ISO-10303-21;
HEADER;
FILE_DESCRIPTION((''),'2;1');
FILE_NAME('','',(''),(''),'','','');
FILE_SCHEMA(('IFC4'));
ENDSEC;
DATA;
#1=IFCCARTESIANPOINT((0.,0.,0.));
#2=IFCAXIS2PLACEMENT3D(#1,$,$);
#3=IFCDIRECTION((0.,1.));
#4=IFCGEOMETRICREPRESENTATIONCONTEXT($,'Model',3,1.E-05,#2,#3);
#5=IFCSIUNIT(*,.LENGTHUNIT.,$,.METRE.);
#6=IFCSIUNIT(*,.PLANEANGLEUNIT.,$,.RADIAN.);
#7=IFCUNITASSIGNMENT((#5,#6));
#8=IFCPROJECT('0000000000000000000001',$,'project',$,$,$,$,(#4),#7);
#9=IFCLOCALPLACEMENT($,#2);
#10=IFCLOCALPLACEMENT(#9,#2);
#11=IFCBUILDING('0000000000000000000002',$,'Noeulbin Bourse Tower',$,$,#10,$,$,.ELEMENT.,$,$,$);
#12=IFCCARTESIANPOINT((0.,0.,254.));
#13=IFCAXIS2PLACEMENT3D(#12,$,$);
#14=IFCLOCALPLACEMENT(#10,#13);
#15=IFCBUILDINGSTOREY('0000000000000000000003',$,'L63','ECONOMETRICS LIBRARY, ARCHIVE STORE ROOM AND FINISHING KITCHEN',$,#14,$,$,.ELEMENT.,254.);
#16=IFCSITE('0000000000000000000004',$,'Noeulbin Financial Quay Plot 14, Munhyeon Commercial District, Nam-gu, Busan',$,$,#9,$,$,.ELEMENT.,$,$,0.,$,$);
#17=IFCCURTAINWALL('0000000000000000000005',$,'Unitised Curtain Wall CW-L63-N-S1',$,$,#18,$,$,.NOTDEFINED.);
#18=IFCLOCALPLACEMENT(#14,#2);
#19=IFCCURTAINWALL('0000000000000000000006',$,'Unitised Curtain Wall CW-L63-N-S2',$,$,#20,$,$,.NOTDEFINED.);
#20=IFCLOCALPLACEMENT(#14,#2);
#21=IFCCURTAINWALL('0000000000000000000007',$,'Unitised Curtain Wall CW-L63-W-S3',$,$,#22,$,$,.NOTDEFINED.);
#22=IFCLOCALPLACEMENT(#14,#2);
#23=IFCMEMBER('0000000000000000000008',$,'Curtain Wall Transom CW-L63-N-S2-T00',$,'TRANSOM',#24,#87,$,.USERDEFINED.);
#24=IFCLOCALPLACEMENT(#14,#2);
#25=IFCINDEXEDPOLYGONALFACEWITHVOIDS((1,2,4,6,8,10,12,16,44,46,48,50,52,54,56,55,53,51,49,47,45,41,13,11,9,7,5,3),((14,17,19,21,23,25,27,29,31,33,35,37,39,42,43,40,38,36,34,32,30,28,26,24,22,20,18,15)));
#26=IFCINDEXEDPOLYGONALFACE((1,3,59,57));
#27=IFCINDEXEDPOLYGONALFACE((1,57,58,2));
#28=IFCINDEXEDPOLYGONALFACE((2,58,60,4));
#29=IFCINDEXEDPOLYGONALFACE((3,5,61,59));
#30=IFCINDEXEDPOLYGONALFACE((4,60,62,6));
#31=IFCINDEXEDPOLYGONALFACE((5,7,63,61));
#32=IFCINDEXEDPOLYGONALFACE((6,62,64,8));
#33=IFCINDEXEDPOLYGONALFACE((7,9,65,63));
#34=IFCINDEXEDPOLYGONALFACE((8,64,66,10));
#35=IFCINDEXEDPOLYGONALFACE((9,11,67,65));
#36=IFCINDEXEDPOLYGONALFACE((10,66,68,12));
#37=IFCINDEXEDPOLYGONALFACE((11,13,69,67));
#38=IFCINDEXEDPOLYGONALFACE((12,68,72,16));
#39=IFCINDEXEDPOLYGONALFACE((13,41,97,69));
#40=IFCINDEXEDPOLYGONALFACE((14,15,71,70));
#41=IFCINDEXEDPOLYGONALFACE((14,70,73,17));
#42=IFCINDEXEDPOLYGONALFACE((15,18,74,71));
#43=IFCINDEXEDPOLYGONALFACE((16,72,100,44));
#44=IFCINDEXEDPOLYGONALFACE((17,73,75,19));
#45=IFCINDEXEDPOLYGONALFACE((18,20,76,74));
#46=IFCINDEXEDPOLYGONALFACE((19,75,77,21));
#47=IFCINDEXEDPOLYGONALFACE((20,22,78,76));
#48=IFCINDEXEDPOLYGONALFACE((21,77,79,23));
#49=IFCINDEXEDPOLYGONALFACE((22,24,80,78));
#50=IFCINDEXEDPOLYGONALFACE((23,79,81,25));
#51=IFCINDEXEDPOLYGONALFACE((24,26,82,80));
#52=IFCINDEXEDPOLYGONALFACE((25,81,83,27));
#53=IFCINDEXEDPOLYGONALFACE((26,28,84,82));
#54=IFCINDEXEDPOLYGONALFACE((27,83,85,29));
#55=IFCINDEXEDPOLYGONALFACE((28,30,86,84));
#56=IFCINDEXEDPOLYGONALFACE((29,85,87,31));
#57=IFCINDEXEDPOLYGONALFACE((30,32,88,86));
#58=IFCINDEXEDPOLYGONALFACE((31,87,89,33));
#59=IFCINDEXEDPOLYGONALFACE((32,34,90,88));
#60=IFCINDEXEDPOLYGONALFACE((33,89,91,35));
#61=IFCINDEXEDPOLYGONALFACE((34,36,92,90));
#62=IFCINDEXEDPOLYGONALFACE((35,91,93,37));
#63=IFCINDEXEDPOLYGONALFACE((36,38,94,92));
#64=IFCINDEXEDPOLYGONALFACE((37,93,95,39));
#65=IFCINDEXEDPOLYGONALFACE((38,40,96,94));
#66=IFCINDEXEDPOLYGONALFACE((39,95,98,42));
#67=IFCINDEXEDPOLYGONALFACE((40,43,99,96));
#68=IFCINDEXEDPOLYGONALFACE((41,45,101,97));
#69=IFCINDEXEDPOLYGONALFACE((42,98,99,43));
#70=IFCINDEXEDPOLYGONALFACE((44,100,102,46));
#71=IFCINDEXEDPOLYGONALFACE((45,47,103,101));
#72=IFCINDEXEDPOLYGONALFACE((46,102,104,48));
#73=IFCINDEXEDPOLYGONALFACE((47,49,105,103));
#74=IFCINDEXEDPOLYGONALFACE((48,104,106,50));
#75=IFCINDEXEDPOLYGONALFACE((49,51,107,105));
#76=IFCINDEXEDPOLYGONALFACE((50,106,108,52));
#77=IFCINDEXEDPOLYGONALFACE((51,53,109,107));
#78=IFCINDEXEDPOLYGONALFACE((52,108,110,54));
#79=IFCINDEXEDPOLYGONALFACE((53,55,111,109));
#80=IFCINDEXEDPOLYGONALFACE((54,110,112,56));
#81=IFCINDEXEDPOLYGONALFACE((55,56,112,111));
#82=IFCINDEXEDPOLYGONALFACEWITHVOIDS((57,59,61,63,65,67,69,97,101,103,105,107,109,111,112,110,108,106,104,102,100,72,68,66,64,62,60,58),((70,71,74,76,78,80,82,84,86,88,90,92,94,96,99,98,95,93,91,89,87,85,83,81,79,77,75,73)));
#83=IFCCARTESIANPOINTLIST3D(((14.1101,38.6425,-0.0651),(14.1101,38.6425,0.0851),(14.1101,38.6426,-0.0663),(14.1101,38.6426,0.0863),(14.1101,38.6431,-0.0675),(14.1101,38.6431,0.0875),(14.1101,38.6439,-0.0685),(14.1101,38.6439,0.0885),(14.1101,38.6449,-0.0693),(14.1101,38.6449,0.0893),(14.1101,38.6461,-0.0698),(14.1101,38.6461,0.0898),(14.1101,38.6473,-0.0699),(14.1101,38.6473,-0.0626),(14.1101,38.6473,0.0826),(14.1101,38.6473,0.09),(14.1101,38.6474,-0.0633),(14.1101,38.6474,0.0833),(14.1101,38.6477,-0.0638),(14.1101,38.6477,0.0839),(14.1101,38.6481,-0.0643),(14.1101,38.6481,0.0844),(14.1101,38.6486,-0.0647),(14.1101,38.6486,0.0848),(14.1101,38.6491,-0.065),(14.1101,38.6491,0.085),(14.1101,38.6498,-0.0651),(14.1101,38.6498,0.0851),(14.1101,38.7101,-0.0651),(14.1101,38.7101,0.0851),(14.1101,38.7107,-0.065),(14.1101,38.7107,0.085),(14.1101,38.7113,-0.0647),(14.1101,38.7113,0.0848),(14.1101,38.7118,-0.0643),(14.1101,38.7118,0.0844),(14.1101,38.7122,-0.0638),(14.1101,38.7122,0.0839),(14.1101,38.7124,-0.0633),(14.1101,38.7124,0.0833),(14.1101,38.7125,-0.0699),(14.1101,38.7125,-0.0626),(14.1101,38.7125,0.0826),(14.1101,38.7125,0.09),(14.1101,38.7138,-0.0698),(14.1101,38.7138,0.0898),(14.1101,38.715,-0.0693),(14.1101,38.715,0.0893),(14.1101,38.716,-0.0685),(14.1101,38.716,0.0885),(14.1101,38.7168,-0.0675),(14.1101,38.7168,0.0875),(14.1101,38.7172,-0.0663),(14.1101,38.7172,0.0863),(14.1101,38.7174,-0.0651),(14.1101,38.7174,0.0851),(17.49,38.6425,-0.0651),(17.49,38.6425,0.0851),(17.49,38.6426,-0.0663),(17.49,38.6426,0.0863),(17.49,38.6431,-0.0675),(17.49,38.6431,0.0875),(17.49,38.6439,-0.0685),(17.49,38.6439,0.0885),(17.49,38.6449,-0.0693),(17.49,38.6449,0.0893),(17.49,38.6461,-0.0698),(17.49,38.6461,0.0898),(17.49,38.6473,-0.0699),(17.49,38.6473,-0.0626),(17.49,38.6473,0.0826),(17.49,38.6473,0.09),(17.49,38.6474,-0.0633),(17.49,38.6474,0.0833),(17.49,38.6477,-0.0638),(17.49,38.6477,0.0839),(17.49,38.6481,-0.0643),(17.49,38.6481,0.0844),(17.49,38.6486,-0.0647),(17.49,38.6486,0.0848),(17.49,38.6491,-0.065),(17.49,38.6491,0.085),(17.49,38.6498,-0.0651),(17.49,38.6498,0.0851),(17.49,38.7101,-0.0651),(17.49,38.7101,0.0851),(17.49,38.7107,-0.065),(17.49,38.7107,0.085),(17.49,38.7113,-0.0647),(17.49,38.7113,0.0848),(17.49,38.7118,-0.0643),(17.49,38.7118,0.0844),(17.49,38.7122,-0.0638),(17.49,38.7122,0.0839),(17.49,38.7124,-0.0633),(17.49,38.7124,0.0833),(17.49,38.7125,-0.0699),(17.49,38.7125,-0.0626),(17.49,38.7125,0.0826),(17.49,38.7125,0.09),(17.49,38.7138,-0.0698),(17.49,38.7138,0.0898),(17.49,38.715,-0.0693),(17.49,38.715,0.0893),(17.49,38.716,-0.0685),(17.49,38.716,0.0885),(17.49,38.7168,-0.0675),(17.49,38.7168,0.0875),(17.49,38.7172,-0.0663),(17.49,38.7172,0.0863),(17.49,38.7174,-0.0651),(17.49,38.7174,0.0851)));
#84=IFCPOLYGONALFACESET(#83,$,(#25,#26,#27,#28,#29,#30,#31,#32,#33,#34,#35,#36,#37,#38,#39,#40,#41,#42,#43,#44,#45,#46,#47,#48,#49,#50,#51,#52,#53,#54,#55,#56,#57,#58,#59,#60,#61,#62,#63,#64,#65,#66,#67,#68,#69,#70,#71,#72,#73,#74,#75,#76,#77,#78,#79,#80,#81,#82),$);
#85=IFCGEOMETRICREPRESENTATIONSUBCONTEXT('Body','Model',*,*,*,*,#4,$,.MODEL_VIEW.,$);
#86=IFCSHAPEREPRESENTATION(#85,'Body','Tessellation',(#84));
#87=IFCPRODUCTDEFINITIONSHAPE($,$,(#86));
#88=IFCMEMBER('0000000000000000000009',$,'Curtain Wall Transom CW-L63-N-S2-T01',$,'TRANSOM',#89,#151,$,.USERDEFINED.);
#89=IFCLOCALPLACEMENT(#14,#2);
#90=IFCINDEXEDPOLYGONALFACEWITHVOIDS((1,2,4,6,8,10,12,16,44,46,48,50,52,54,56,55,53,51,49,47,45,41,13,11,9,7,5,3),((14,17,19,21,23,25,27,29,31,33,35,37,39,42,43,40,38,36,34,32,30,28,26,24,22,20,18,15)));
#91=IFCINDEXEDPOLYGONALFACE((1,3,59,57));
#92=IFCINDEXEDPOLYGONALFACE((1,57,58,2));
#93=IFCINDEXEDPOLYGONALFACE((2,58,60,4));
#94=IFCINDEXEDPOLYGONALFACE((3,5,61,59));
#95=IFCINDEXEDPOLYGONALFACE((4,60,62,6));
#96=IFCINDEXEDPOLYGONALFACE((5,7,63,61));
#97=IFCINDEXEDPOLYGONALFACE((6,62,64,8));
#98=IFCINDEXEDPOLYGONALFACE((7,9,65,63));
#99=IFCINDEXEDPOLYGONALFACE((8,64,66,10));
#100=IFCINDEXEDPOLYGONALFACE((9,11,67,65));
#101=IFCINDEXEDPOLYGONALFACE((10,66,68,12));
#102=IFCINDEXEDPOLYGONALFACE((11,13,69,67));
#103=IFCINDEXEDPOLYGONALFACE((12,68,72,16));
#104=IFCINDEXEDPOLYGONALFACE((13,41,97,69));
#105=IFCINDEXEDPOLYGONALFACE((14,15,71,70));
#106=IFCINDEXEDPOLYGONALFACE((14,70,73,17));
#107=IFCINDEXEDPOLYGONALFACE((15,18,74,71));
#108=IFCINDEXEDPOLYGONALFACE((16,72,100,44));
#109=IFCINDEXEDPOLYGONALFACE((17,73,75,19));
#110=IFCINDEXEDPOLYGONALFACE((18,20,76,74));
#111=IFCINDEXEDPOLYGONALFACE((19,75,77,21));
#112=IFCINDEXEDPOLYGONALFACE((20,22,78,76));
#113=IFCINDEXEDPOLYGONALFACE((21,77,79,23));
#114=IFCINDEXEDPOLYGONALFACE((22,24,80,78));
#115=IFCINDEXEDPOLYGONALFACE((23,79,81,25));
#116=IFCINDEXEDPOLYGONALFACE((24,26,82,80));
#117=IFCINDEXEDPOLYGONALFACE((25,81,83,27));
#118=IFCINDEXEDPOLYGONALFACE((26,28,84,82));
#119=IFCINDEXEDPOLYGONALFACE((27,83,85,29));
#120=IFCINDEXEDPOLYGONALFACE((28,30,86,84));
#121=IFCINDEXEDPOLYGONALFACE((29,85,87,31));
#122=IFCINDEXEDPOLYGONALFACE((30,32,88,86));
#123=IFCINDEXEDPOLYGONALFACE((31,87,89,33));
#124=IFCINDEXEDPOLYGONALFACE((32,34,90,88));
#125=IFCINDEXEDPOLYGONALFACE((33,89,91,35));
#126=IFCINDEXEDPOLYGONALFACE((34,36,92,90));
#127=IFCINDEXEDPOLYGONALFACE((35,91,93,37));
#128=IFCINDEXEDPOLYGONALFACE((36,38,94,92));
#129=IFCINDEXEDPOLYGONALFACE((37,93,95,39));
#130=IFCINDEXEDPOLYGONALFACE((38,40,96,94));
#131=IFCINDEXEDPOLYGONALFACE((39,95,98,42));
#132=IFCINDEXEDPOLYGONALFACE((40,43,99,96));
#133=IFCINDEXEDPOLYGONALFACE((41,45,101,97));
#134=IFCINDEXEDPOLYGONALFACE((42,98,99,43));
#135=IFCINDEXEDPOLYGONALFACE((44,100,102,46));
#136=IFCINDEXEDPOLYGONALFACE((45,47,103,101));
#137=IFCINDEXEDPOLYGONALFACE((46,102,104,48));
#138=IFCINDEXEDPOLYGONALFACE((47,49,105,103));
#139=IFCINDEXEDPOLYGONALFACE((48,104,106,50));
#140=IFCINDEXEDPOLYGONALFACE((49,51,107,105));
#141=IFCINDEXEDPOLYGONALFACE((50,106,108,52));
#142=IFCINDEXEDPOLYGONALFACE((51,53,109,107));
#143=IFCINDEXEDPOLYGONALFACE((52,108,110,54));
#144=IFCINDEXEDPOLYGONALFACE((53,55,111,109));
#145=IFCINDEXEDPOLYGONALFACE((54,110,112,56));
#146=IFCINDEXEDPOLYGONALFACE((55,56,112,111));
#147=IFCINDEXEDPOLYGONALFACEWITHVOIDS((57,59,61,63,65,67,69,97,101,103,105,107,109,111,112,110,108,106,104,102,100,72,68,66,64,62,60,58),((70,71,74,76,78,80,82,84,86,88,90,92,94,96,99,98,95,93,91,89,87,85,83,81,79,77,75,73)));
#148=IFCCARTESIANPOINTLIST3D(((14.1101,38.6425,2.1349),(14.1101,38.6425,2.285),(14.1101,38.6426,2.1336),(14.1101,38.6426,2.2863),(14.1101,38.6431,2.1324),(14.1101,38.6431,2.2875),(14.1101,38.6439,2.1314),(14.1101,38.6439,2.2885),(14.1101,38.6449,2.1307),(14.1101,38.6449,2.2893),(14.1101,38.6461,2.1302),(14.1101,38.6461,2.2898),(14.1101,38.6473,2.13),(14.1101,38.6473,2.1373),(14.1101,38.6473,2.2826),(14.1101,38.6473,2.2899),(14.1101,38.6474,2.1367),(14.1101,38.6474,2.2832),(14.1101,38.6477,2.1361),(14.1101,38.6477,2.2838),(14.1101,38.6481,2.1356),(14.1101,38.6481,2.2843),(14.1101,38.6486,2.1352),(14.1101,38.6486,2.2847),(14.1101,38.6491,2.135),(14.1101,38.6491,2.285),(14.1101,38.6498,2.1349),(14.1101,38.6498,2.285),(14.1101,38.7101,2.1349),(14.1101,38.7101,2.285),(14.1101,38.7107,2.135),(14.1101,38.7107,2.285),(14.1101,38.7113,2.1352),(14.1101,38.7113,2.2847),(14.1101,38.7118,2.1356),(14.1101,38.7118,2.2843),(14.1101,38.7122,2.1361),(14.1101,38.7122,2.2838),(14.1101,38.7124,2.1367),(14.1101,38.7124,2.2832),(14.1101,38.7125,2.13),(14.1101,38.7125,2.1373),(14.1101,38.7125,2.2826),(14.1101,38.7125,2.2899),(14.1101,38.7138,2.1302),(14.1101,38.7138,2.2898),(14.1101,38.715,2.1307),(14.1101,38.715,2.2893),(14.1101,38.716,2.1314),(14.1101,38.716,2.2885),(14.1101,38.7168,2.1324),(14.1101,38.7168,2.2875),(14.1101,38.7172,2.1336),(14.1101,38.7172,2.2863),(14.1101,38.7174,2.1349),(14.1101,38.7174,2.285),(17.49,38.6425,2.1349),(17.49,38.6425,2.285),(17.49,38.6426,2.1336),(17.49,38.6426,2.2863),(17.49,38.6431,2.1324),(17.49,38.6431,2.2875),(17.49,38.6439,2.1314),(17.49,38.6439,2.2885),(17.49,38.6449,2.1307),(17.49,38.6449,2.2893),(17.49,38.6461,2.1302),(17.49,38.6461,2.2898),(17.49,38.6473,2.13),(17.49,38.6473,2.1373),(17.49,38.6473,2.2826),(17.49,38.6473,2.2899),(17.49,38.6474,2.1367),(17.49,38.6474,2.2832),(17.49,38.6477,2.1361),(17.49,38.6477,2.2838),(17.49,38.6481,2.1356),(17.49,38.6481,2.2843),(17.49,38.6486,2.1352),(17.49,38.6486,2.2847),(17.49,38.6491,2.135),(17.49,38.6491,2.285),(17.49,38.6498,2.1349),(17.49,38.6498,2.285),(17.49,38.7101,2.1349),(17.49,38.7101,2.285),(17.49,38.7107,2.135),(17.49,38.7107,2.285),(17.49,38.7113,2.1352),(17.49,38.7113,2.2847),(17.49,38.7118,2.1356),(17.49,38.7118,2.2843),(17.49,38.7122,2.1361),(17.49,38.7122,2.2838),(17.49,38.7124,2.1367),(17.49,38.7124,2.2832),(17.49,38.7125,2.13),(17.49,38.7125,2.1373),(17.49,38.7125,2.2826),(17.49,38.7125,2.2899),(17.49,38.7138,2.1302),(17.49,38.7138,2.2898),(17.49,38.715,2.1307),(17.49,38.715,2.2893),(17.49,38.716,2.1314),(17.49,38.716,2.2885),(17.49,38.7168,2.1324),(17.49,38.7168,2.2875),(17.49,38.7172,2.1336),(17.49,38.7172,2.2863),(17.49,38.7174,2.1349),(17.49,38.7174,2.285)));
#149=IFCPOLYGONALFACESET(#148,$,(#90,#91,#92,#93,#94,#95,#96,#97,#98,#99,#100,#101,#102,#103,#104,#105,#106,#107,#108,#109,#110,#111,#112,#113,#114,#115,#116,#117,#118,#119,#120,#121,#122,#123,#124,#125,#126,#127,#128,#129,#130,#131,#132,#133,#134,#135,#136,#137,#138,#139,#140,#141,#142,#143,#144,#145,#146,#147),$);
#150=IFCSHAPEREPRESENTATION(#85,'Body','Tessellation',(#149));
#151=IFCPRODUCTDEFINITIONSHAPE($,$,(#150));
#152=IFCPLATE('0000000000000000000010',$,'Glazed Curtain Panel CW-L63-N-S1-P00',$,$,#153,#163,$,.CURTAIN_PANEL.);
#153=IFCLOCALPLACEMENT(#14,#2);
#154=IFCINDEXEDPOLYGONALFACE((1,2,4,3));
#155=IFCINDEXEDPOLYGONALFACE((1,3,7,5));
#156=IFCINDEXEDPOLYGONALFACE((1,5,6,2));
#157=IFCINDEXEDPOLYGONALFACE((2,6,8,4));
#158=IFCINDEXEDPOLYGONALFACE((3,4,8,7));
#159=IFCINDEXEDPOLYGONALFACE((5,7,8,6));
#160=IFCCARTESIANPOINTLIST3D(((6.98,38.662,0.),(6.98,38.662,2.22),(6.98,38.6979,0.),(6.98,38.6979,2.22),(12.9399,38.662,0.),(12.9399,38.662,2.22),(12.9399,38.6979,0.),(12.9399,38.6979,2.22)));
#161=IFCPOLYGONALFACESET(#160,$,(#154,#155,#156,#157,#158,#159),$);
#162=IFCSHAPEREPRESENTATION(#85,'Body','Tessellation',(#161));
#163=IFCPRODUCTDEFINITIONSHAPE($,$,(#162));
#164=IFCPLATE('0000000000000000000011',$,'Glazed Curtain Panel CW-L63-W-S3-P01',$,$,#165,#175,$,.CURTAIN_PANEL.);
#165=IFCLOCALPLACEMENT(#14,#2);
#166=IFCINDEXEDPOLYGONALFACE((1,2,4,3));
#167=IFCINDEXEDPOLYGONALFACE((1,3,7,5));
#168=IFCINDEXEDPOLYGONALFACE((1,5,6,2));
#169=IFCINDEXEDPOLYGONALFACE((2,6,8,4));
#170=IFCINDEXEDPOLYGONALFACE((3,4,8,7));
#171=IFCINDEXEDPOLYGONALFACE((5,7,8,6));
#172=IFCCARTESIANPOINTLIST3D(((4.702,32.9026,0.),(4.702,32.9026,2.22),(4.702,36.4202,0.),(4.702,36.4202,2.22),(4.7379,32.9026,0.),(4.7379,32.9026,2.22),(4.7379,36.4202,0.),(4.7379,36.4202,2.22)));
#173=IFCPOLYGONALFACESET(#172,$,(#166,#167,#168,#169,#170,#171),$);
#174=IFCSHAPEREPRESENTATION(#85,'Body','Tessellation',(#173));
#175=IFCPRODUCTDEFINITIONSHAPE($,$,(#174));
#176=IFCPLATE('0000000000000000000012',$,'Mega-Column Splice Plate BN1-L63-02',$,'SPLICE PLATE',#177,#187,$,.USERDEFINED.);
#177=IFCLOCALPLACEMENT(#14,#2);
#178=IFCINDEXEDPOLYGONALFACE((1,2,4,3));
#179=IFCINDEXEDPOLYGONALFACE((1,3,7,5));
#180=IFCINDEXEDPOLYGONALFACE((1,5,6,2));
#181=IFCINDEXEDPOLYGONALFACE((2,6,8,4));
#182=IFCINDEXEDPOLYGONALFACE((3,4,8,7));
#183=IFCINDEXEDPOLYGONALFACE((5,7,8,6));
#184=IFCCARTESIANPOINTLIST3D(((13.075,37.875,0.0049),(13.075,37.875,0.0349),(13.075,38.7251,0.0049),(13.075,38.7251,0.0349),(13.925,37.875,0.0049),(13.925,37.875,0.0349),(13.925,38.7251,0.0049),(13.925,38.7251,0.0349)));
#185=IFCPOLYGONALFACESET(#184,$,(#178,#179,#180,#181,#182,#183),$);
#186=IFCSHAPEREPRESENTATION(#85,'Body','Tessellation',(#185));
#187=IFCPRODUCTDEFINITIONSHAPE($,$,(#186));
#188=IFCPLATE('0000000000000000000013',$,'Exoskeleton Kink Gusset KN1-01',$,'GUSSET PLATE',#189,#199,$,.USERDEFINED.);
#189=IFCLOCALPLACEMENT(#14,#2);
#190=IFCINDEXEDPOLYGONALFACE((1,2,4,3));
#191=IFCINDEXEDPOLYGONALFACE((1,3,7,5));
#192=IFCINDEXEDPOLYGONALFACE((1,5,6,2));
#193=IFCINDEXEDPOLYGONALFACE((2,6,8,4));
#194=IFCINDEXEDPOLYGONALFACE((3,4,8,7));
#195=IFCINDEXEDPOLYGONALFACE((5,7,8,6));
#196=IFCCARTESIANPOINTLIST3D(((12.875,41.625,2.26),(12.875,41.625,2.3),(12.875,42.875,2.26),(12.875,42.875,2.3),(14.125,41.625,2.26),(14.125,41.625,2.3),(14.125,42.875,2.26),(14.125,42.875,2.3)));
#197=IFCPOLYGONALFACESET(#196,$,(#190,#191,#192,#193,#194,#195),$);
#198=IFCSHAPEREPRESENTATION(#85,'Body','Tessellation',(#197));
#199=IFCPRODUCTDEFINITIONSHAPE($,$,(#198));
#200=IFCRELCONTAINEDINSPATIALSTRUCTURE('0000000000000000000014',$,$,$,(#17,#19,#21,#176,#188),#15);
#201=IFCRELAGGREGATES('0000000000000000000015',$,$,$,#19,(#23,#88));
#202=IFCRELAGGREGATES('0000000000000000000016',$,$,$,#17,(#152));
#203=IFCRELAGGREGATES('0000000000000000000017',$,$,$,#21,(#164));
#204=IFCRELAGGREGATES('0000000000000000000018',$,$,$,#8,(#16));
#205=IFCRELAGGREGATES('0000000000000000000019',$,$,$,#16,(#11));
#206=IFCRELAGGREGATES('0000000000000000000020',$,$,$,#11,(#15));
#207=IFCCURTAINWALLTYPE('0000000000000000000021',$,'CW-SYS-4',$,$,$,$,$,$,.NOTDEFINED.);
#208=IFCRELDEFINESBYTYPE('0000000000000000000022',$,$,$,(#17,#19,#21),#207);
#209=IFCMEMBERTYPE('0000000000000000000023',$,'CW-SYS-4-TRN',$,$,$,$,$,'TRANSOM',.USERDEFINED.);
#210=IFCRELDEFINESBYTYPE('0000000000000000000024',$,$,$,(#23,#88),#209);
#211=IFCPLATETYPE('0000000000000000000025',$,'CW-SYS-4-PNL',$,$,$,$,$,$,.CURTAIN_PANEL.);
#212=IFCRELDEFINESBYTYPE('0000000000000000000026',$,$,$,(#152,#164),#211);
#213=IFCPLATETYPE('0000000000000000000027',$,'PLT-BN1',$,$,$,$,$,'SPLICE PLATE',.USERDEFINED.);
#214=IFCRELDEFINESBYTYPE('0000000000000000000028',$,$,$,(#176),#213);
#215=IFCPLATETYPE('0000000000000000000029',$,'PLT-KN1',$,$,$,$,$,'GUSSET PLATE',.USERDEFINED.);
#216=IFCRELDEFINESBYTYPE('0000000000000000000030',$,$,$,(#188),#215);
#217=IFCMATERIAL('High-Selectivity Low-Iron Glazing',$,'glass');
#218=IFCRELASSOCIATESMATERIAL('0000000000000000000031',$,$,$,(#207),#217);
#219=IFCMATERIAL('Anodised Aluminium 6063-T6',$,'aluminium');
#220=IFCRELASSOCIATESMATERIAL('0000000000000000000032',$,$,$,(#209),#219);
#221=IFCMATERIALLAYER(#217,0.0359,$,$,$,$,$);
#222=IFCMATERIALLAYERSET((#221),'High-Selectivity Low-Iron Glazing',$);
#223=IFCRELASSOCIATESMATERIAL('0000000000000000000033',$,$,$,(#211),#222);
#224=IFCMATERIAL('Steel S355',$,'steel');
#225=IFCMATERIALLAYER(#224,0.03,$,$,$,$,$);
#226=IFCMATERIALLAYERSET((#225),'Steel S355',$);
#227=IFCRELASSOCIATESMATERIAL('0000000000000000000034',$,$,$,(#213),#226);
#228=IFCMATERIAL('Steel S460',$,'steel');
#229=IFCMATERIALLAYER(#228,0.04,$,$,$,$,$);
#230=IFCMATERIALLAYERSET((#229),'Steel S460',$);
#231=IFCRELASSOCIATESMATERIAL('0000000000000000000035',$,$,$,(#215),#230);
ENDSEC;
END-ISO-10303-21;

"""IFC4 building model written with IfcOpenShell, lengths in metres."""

from ifc_helpers import new_model, si_unit, direction, frame, origin, origin_2d, place, context, subcontext, project, spatial, rectangle, hollow_rectangle, extrude, material, layer, layer_set, material_profile, profile_set, type_object, element, aggregate, save


model = new_model("IFC4")

# Units and contexts
model_context = context("Model", 3, precision=1e-05, world=origin(), true_north=direction((0.0, 1.0)))
body_context = subcontext(model_context, "Body", "Model", "MODEL_VIEW")
ifc_project = project(units=[si_unit("LENGTHUNIT", "METRE"), si_unit("PLANEANGLEUNIT", "RADIAN")], contexts=[model_context])

# Site, building, storey
site_placement = place(None, origin())
site = spatial("IfcSite", under=ifc_project, at=site_placement, Name="Noeulbin Financial Quay Plot 14, Munhyeon Commercial District, Nam-gu, Busan", CompositionType="ELEMENT", RefElevation=0.0)
building_placement = place(site_placement, origin())
building = spatial("IfcBuilding", under=site, at=building_placement, Name="Noeulbin Bourse Tower", CompositionType="ELEMENT")
storey_placement = place(building_placement, frame((0.0, 0.0, 254.0)))
storey = spatial("IfcBuildingStorey", under=building, at=storey_placement, Name="L63", Description="ECONOMETRICS LIBRARY, ARCHIVE STORE ROOM AND FINISHING KITCHEN", CompositionType="ELEMENT", Elevation=254.0)

# Shared definitions
ifc_material_1 = material(Name="Steel S355", Category="steel")

# Shared definitions
ifc_material_2 = material(Name="Steel S460", Category="steel")

# Curtain wall
ifc_material_3 = material(Name="High-Selectivity Low-Iron Glazing", Category="glass")
curtain_wall_type = type_object("IfcCurtainWallType", Name="CW-SYS-4", PredefinedType="NOTDEFINED", material=ifc_material_3)
curtain_wall_1_placement = place(storey_placement, origin())
curtain_wall_1 = element("IfcCurtainWall", 1, at=curtain_wall_1_placement, inside=storey, type_object=curtain_wall_type, Name="Unitised Curtain Wall CW-L63-N-S1", PredefinedType="NOTDEFINED")
ifc_material_4 = material(Name="Anodised Aluminium 6063-T6", Category="aluminium")

# Curtain walls
curtain_wall_2_placement = place(storey_placement, origin())
curtain_wall_2 = element("IfcCurtainWall", 2, at=curtain_wall_2_placement, inside=storey, type_object=curtain_wall_type, Name="Unitised Curtain Wall CW-L63-N-S2", PredefinedType="NOTDEFINED")
curtain_wall_3_placement = place(storey_placement, origin())
curtain_wall_3 = element("IfcCurtainWall", 3, at=curtain_wall_3_placement, inside=storey, type_object=curtain_wall_type, Name="Unitised Curtain Wall CW-L63-W-S3", PredefinedType="NOTDEFINED")

# Members
ifc_material_profile_1 = material_profile(ifc_material_4, hollow_rectangle(XDim=0.075, YDim=0.1599, WallThickness=0.0049, InnerFilletRadius=0.0024, OuterFilletRadius=0.0049, at=origin_2d()), Name="ALU-TRAN-75x160x5", Category="LoadBearing")
ifc_profile_set_1 = profile_set([ifc_material_profile_1], Name="Anodised Aluminium 6063-T6")
member_type_1 = type_object("IfcMemberType", Name="CW-SYS-4-TRN", ElementType="TRANSOM", PredefinedType="USERDEFINED", material=ifc_profile_set_1)
member_1_placement = place(storey_placement, frame((14.1101, 38.6799, 0.01), z_axis=(1.0, 0.0, 0.0), x_axis=(0.0, 1.0, 0.0)))
member_1 = element("IfcMember", 4, at=member_1_placement, type_object=member_type_1, Name="Curtain Wall Transom CW-L63-N-S2-T00", ObjectType="TRANSOM", PredefinedType="USERDEFINED", context=body_context, shape_type="SweptSolid", body=[
    extrude(hollow_rectangle(XDim=0.075, YDim=0.1599, WallThickness=0.0049, InnerFilletRadius=0.0024, OuterFilletRadius=0.0049, at=origin_2d()), origin(), (0.0, 0.0, 1.0), 3.3799),
])
member_2_placement = place(storey_placement, frame((14.1101, 38.6799, 2.21), z_axis=(1.0, 0.0, 0.0), x_axis=(0.0, 1.0, 0.0)))
member_2 = element("IfcMember", 5, at=member_2_placement, type_object=member_type_1, Name="Curtain Wall Transom CW-L63-N-S2-T01", ObjectType="TRANSOM", PredefinedType="USERDEFINED", context=body_context, shape_type="SweptSolid", body=[
    extrude(hollow_rectangle(XDim=0.075, YDim=0.1599, WallThickness=0.0049, InnerFilletRadius=0.0024, OuterFilletRadius=0.0049, at=origin_2d()), origin(), (0.0, 0.0, 1.0), 3.3799),
])
aggregate(curtain_wall_2, [member_1, member_2])

# Plates
ifc_layer_1 = layer(ifc_material_3, 0.0359)
ifc_layer_set_1 = layer_set([ifc_layer_1], Name="High-Selectivity Low-Iron Glazing")
plate_type_1 = type_object("IfcPlateType", Name="CW-SYS-4-PNL", PredefinedType="CURTAIN_PANEL", material=ifc_layer_set_1)
plate_1_placement = place(storey_placement, frame((9.96, 38.6799, 0.0), z_axis=(0.0, 0.0, 1.0), x_axis=(1.0, 0.0, 0.0)))
plate_1 = element("IfcPlate", 6, at=plate_1_placement, type_object=plate_type_1, Name="Glazed Curtain Panel CW-L63-N-S1-P00", PredefinedType="CURTAIN_PANEL", context=body_context, shape_type="SweptSolid", body=[
    extrude(rectangle(XDim=5.96, YDim=0.0359, at=origin_2d()), origin(), (0.0, 0.0, 1.0), 2.22),
])
aggregate(curtain_wall_1, [plate_1])
plate_2_placement = place(storey_placement, frame((4.72, 34.6614, 0.0), z_axis=(0.0, 0.0, 1.0), x_axis=(0.0, 1.0, 0.0)))
plate_2 = element("IfcPlate", 7, at=plate_2_placement, type_object=plate_type_1, Name="Glazed Curtain Panel CW-L63-W-S3-P01", PredefinedType="CURTAIN_PANEL", context=body_context, shape_type="SweptSolid", body=[
    extrude(rectangle(XDim=3.5176, YDim=0.0359, at=origin_2d()), origin(), (0.0, 0.0, 1.0), 2.22),
])
aggregate(curtain_wall_3, [plate_2])

# Plates
ifc_layer_2 = layer(ifc_material_1, 0.03)
ifc_layer_set_2 = layer_set([ifc_layer_2], Name="Steel S355")
plate_type_2 = type_object("IfcPlateType", Name="PLT-BN1", ElementType="SPLICE PLATE", PredefinedType="USERDEFINED", material=ifc_layer_set_2)
plate_3_placement = place(storey_placement, frame((13.5, 38.3, 0.0049), z_axis=(0.0, 0.0, 1.0), x_axis=(1.0, 0.0, 0.0)))
element("IfcPlate", 8, at=plate_3_placement, inside=storey, type_object=plate_type_2, Name="Mega-Column Splice Plate BN1-L63-02", ObjectType="SPLICE PLATE", PredefinedType="USERDEFINED", context=body_context, shape_type="SweptSolid", body=[
    extrude(rectangle(XDim=0.8501, YDim=0.8501, at=origin_2d()), origin(), (0.0, 0.0, 1.0), 0.03),
])
ifc_layer_3 = layer(ifc_material_2, 0.04)
ifc_layer_set_3 = layer_set([ifc_layer_3], Name="Steel S460")
plate_type_3 = type_object("IfcPlateType", Name="PLT-KN1", ElementType="GUSSET PLATE", PredefinedType="USERDEFINED", material=ifc_layer_set_3)
plate_4_placement = place(storey_placement, frame((13.5, 42.25, 2.26), z_axis=(0.0, 0.0, 1.0), x_axis=(1.0, 0.0, 0.0)))
element("IfcPlate", 9, at=plate_4_placement, inside=storey, type_object=plate_type_3, Name="Exoskeleton Kink Gusset KN1-01", ObjectType="GUSSET PLATE", PredefinedType="USERDEFINED", context=body_context, shape_type="SweptSolid", body=[
    extrude(rectangle(XDim=1.25, YDim=1.25, at=origin_2d()), origin(), (0.0, 0.0, 1.0), 0.04),
])

save(model, "model.ifc")
